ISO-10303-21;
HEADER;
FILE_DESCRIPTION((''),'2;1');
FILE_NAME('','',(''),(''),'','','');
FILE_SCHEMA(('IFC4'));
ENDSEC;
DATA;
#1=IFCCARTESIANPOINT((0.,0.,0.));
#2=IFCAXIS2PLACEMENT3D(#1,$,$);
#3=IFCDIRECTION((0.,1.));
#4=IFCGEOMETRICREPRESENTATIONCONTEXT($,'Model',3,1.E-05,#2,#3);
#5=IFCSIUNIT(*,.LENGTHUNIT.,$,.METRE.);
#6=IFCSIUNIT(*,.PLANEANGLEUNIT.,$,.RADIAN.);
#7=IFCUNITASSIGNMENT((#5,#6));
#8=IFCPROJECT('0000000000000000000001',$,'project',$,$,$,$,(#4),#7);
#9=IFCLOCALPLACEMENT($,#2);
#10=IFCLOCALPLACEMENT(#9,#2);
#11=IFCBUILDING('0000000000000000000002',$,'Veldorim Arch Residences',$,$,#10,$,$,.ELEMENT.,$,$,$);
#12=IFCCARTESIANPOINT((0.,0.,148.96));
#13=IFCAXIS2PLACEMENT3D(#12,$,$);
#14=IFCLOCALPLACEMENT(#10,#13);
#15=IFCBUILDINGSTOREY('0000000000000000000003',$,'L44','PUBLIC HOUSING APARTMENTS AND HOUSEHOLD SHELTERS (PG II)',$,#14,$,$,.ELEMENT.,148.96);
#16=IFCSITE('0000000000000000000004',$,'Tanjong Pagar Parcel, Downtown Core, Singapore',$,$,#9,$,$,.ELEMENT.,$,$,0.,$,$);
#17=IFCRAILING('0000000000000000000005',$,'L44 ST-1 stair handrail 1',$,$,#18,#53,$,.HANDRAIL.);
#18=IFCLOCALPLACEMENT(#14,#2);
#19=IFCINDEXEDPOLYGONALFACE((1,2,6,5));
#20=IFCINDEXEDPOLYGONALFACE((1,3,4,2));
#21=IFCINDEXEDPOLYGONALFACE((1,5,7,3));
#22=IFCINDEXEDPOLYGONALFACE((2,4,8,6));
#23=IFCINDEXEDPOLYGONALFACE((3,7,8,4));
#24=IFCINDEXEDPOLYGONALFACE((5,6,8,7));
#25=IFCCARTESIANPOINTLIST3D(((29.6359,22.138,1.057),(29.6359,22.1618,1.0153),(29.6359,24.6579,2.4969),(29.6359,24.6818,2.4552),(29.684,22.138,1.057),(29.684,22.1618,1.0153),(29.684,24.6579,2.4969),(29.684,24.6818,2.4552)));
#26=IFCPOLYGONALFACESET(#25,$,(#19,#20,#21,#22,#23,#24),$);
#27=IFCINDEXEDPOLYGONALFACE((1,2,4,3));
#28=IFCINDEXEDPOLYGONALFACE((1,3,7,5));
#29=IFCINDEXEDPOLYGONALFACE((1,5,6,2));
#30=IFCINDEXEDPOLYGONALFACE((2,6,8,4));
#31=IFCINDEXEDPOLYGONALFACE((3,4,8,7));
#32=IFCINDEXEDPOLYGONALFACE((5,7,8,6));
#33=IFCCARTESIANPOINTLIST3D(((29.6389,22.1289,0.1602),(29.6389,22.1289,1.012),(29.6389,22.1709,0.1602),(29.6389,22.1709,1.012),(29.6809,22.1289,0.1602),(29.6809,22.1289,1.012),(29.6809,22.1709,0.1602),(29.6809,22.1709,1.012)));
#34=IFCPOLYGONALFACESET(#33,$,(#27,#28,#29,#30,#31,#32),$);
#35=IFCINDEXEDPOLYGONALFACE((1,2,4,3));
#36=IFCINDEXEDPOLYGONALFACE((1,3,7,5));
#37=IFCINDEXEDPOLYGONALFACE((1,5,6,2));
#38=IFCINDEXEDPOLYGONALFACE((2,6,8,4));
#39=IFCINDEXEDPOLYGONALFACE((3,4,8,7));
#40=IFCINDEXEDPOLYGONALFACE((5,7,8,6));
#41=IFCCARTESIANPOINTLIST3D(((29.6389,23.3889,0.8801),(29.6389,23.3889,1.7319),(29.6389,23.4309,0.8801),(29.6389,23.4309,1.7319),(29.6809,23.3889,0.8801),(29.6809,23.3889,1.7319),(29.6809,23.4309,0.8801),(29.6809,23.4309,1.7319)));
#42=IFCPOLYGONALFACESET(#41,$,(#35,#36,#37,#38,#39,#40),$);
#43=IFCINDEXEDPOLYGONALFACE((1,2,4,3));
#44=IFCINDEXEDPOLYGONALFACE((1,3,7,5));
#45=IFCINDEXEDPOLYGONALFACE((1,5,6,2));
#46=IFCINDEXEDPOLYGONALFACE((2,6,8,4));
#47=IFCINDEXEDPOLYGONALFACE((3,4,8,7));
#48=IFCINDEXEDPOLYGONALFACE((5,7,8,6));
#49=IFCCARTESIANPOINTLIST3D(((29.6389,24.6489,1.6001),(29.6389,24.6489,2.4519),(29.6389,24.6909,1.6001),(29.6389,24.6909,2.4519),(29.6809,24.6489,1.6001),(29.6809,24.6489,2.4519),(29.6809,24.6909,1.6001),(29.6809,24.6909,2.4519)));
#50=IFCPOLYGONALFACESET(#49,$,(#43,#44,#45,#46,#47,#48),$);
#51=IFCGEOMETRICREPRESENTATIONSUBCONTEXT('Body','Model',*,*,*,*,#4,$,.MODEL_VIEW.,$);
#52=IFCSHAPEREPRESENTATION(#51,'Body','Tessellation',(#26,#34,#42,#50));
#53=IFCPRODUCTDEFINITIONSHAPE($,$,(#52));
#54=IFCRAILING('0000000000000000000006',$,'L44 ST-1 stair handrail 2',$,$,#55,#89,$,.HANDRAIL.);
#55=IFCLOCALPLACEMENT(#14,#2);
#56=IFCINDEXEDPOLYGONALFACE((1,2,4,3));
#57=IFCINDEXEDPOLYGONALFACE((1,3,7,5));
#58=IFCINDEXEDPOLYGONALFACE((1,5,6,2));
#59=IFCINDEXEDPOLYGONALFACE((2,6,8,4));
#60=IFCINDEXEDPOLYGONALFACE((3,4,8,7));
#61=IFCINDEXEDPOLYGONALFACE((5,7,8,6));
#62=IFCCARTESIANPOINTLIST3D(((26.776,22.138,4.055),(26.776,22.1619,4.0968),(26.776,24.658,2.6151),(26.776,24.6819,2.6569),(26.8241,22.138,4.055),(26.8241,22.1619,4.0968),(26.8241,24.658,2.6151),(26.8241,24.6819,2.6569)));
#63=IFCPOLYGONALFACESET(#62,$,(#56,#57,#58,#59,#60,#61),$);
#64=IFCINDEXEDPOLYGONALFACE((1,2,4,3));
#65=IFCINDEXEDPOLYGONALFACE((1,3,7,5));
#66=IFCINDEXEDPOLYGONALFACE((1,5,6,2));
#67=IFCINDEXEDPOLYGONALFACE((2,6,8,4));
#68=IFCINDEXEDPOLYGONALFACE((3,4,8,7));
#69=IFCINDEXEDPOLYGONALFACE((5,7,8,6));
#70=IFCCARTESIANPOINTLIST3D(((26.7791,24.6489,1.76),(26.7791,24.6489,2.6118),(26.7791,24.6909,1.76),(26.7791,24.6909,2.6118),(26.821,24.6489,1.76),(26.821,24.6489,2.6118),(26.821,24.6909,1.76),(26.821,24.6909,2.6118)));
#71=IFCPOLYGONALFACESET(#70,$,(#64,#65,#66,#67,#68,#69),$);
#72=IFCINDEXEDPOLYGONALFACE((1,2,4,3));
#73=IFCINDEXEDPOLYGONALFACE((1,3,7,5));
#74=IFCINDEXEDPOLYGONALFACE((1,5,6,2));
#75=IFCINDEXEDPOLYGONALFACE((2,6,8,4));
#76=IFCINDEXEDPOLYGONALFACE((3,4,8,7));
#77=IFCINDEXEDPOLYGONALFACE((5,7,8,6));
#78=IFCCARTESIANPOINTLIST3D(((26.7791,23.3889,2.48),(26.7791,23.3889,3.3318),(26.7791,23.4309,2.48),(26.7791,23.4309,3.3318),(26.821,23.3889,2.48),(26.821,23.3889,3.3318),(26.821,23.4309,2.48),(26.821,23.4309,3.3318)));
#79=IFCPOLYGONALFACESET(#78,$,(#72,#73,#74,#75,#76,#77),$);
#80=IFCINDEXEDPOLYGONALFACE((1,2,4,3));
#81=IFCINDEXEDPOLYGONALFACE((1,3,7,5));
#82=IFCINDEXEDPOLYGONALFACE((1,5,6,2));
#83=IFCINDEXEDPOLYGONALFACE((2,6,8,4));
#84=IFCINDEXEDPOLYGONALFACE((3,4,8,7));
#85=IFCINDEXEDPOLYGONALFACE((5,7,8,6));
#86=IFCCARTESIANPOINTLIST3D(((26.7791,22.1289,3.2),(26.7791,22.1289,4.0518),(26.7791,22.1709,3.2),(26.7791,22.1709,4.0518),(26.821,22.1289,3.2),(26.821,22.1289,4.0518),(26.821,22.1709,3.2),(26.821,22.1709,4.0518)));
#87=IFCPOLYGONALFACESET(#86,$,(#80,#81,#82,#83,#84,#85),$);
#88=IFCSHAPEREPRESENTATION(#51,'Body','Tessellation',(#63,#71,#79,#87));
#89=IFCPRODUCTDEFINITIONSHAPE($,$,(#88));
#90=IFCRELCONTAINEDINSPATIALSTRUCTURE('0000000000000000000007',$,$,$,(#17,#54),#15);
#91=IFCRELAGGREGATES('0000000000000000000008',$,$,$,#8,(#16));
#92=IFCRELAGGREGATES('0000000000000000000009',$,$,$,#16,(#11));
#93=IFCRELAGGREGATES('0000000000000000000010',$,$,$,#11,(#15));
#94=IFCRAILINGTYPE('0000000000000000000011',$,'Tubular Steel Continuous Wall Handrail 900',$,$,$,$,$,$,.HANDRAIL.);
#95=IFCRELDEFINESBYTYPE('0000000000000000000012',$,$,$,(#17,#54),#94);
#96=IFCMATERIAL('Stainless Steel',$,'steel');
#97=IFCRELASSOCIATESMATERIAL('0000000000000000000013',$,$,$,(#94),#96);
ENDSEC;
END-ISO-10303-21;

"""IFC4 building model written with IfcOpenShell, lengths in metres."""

from ifc_helpers import new_model, si_unit, direction, frame, origin, origin_2d, place, context, subcontext, project, spatial, rectangle, extrude, material, type_object, element, save


model = new_model("IFC4")

# Units and contexts
model_context = context("Model", 3, precision=1e-05, world=origin(), true_north=direction((0.0, 1.0)))
body_context = subcontext(model_context, "Body", "Model", "MODEL_VIEW")
ifc_project = project(units=[si_unit("LENGTHUNIT", "METRE"), si_unit("PLANEANGLEUNIT", "RADIAN")], contexts=[model_context])

# Site, building, storey
site_placement = place(None, origin())
site = spatial("IfcSite", under=ifc_project, at=site_placement, Name="Tanjong Pagar Parcel, Downtown Core, Singapore", CompositionType="ELEMENT", RefElevation=0.0)
building_placement = place(site_placement, origin())
building = spatial("IfcBuilding", under=site, at=building_placement, Name="Veldorim Arch Residences", CompositionType="ELEMENT")
storey_placement = place(building_placement, frame((0.0, 0.0, 148.96)))
storey = spatial("IfcBuildingStorey", under=building, at=storey_placement, Name="L44", Description="PUBLIC HOUSING APARTMENTS AND HOUSEHOLD SHELTERS (PG II)", CompositionType="ELEMENT", Elevation=148.96)

# Railings
ifc_material_1 = material(Name="Stainless Steel", Category="steel")
railing_type_1 = type_object("IfcRailingType", Name="Tubular Steel Continuous Wall Handrail 900", PredefinedType="HANDRAIL", material=ifc_material_1)
railing_1_placement = place(storey_placement, frame((29.6599, 22.1499, 0.1602)))
element("IfcRailing", 1, at=railing_1_placement, inside=storey, type_object=railing_type_1, Name="L44 ST-1 stair handrail 1", PredefinedType="HANDRAIL", context=body_context, shape_type="SweptSolid", body=[
    extrude(rectangle(XDim=0.0481, YDim=0.0481, at=origin_2d()), frame((0.0, 0.0, 0.876), z_axis=(0.0, 0.868253, 0.496121), x_axis=(-1.0, 0.0, 0.0)), (0.0, 0.0, 1.0), 2.9023),
    extrude(rectangle(XDim=0.042, YDim=0.042, at=origin_2d()), origin(), (0.0, 0.0, 1.0), 0.8518),
    extrude(rectangle(XDim=0.042, YDim=0.042, at=origin_2d()), frame((0.0, 1.26, 0.72)), (0.0, 0.0, 1.0), 0.8518),
    extrude(rectangle(XDim=0.042, YDim=0.042, at=origin_2d()), frame((0.0, 2.52, 1.4399)), (0.0, 0.0, 1.0), 0.8518),
])
railing_2_placement = place(storey_placement, frame((26.8, 24.6699, 1.76)))
element("IfcRailing", 2, at=railing_2_placement, inside=storey, type_object=railing_type_1, Name="L44 ST-1 stair handrail 2", PredefinedType="HANDRAIL", context=body_context, shape_type="SweptSolid", body=[
    extrude(rectangle(XDim=0.0481, YDim=0.0481, at=origin_2d()), frame((0.0, 0.0, 0.876), z_axis=(0.0, -0.868253, 0.496121), x_axis=(1.0, 0.0, 0.0)), (0.0, 0.0, 1.0), 2.9023),
    extrude(rectangle(XDim=0.042, YDim=0.042, at=origin_2d()), origin(), (0.0, 0.0, 1.0), 0.8518),
    extrude(rectangle(XDim=0.042, YDim=0.042, at=origin_2d()), frame((0.0, -1.26, 0.72)), (0.0, 0.0, 1.0), 0.8518),
    extrude(rectangle(XDim=0.042, YDim=0.042, at=origin_2d()), frame((0.0, -2.52, 1.4399)), (0.0, 0.0, 1.0), 0.8518),
])

save(model, "model.ifc")
